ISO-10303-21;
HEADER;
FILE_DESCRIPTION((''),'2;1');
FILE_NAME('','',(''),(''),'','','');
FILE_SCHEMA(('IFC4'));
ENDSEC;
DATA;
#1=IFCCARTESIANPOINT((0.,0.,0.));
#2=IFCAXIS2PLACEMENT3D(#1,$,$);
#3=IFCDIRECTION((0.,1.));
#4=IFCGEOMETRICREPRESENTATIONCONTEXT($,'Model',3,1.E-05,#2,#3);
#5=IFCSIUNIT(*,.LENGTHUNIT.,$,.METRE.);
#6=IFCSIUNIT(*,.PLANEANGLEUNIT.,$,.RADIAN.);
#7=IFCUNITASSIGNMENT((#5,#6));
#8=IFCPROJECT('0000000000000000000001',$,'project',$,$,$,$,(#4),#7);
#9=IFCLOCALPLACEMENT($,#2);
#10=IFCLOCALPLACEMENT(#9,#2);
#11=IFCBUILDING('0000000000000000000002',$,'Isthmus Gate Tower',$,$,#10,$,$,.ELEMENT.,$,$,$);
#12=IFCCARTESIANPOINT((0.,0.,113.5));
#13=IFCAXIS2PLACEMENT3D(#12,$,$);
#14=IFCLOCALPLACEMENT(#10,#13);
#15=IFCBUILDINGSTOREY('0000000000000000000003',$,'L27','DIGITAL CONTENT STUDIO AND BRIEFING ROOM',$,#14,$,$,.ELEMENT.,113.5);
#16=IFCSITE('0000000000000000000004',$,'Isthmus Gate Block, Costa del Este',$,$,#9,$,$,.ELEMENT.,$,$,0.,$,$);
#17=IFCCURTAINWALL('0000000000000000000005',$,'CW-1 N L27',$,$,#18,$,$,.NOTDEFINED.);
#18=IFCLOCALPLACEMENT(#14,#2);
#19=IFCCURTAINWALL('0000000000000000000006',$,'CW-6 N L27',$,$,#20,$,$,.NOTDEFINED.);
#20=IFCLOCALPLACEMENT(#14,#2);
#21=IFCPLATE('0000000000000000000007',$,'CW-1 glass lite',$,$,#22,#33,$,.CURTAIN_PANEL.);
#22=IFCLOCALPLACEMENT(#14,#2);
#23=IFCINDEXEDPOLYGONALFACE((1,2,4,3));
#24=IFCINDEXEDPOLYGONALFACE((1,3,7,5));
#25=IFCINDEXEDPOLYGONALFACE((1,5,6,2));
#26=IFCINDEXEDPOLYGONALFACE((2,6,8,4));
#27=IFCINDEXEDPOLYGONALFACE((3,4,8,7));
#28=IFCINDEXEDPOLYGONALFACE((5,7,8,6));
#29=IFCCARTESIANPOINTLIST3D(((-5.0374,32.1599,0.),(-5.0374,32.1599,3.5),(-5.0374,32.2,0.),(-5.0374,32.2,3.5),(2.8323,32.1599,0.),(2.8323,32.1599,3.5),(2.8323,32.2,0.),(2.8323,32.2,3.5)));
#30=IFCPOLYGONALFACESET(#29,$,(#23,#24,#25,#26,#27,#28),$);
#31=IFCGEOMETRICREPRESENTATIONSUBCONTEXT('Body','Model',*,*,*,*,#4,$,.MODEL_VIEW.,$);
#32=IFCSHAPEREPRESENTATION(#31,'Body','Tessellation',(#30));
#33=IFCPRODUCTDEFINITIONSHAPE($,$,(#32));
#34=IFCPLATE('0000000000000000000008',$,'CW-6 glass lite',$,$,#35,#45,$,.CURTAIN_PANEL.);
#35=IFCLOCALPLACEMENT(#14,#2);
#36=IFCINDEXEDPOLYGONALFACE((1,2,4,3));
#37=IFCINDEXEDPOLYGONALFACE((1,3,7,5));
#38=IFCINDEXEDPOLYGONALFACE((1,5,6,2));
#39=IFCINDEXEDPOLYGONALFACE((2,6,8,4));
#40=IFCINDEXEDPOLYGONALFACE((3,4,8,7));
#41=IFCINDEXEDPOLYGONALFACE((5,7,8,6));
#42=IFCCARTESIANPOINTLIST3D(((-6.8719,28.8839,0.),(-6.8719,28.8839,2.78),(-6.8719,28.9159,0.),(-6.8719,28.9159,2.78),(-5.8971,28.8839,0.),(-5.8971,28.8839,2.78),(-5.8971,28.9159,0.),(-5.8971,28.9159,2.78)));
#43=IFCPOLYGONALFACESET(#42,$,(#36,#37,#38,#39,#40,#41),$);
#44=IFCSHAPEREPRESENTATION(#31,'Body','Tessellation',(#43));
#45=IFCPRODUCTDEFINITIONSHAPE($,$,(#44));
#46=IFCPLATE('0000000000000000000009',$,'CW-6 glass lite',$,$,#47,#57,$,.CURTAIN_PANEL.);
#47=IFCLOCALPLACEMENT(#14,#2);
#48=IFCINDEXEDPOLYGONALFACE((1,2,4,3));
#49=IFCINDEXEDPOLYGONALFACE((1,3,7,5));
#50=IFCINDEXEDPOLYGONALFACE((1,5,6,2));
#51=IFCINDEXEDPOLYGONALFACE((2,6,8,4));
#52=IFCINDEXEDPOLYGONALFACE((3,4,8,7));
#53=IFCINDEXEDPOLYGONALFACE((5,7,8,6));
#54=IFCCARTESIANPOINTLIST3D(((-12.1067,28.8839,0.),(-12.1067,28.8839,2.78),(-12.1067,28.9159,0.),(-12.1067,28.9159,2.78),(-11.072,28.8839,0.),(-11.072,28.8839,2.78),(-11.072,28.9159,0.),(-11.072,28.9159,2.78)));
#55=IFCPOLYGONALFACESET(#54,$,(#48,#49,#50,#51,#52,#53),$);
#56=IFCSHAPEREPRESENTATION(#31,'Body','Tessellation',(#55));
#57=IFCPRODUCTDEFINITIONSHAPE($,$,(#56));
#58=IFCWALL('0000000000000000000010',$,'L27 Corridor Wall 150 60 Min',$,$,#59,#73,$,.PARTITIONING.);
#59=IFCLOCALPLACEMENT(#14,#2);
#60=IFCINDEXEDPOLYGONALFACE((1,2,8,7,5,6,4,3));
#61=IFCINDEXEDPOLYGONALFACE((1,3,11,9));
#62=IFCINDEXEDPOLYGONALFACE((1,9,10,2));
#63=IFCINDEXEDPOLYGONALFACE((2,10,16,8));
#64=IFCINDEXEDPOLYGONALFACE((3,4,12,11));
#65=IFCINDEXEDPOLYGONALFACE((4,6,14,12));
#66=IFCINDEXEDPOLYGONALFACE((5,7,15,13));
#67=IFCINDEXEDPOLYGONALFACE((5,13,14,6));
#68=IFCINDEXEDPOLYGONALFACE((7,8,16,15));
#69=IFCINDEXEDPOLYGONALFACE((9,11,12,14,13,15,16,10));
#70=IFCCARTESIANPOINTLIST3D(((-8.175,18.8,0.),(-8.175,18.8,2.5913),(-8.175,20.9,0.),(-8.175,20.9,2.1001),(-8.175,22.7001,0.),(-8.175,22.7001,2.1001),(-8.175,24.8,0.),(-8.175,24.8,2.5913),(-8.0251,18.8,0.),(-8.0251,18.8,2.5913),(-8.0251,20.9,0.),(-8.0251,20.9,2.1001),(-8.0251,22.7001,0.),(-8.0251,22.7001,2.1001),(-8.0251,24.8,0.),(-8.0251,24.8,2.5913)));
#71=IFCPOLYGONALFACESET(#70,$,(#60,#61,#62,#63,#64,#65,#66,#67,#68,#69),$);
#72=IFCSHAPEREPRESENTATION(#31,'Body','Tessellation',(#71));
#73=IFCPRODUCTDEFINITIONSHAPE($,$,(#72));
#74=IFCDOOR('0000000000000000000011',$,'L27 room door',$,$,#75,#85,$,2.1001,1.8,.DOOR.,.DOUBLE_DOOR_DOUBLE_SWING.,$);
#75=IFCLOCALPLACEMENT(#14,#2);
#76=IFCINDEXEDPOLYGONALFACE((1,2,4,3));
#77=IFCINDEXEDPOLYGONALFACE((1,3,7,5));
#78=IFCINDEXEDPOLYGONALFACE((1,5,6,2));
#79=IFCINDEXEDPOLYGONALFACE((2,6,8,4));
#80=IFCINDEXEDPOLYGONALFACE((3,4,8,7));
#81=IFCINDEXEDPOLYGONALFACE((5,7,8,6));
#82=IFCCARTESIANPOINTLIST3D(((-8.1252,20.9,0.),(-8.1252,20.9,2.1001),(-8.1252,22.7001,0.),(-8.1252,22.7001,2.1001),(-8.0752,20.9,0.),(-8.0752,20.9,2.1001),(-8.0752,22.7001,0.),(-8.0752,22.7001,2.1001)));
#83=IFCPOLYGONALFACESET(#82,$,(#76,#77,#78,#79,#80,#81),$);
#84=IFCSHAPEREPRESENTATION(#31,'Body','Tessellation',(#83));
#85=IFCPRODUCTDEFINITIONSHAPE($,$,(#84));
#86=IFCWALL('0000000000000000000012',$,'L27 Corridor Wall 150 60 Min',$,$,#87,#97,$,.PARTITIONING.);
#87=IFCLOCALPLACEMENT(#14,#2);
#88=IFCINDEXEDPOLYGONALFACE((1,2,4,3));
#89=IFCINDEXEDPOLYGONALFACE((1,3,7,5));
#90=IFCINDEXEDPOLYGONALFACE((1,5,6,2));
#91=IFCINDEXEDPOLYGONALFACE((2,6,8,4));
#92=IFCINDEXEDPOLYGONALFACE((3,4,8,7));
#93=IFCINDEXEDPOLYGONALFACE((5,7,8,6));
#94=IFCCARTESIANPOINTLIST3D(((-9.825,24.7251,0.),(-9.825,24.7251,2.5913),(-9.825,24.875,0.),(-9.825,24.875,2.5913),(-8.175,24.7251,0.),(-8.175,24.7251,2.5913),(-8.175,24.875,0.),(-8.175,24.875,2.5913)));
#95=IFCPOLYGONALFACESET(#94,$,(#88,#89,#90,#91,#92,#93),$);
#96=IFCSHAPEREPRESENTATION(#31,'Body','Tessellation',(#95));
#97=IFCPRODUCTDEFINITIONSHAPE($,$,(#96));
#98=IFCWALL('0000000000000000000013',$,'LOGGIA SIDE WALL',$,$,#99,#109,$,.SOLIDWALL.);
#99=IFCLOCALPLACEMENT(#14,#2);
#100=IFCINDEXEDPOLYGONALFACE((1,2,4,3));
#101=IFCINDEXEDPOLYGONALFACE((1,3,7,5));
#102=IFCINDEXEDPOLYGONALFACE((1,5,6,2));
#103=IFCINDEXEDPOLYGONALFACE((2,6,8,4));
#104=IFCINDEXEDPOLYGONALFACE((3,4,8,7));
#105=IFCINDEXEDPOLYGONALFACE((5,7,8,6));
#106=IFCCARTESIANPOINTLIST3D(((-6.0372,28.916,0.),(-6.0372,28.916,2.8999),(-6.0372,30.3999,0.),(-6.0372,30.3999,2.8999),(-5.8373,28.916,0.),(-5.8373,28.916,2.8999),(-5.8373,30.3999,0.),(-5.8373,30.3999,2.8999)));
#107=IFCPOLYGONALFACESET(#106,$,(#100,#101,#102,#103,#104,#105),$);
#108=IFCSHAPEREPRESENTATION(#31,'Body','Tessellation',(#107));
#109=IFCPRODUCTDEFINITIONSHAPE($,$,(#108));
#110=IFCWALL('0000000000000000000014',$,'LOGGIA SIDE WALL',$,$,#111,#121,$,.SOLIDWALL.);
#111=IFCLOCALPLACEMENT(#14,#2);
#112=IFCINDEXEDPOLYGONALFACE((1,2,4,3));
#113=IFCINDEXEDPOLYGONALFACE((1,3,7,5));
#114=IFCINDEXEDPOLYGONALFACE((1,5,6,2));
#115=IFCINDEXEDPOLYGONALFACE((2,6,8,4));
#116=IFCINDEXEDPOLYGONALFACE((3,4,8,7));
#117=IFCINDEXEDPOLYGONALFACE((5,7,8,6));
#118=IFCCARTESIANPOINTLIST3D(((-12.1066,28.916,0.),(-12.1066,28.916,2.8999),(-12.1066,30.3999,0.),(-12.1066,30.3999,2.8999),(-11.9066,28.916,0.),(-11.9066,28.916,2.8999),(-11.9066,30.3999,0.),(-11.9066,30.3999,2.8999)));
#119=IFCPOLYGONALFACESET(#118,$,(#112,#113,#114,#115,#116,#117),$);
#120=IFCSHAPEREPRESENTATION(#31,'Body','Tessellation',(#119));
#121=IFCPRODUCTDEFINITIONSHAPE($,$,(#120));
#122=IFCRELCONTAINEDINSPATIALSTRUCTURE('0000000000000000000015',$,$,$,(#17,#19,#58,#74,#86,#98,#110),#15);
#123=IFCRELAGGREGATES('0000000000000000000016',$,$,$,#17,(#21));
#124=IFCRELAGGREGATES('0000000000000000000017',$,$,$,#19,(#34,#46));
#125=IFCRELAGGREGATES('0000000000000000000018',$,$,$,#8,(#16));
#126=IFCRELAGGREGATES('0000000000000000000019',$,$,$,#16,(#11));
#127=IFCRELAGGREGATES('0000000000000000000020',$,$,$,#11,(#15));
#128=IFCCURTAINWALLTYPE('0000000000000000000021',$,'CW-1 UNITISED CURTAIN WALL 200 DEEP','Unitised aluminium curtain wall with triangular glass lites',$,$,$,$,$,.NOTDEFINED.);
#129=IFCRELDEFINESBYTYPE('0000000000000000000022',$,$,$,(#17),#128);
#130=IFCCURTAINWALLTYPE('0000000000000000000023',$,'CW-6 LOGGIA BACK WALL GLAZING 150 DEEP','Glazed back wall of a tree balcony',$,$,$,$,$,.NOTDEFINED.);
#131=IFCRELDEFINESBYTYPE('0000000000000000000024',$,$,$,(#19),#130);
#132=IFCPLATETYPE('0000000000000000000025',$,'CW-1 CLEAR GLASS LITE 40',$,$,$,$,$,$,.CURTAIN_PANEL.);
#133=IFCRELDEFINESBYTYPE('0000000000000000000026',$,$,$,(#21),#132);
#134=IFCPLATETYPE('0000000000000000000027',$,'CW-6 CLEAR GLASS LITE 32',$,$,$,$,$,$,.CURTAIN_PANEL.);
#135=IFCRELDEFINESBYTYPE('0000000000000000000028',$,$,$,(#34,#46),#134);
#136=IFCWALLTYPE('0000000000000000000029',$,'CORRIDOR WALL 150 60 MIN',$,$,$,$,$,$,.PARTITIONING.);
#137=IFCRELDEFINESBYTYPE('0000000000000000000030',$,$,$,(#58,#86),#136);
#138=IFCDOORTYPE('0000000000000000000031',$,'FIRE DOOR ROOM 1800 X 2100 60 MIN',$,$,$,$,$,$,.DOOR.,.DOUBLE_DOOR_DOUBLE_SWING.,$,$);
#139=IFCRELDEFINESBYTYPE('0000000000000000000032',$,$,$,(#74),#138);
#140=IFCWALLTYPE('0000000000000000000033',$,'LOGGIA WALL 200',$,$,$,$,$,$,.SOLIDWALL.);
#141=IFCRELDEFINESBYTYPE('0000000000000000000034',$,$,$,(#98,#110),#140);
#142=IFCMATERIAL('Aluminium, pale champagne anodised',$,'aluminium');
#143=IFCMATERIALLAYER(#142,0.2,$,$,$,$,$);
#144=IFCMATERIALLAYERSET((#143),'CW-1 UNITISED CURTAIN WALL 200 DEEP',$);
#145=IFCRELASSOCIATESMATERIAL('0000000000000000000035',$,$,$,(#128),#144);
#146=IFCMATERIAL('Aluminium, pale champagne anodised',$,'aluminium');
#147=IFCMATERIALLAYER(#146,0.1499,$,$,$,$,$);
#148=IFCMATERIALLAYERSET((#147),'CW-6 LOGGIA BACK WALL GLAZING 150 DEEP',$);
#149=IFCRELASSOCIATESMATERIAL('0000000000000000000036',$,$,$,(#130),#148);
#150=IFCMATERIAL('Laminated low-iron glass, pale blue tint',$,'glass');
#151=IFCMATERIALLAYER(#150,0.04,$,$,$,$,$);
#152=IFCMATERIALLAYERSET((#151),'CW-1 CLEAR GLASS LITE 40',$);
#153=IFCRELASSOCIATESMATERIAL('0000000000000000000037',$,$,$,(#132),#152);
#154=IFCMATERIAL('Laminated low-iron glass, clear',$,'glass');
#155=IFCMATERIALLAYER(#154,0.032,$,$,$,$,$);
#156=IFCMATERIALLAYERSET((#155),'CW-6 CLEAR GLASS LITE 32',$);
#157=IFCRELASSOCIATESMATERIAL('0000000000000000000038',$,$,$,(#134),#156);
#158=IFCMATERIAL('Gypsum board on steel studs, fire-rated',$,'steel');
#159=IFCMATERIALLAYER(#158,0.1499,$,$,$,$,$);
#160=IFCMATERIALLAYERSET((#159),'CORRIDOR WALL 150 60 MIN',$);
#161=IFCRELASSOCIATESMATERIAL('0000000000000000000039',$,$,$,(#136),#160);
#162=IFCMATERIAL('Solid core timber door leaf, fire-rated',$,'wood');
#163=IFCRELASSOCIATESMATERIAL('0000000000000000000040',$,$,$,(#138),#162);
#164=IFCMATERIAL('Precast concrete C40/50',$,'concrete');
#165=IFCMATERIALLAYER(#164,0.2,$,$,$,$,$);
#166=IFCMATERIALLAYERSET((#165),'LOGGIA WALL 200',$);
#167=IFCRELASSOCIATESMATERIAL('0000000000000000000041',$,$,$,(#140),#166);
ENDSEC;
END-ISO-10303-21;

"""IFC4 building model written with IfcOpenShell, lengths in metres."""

from ifc_helpers import new_model, si_unit, direction, frame, frame_2d, origin, origin_2d, place, context, subcontext, project, spatial, rectangle, extrude, material, layer, layer_set, type_object, element, fill, aggregate, save


model = new_model("IFC4")

# Units and contexts
model_context = context("Model", 3, precision=1e-05, world=origin(), true_north=direction((0.0, 1.0)))
body_context = subcontext(model_context, "Body", "Model", "MODEL_VIEW")
ifc_project = project(units=[si_unit("LENGTHUNIT", "METRE"), si_unit("PLANEANGLEUNIT", "RADIAN")], contexts=[model_context])

# Site, building, storey
site_placement = place(None, origin())
site = spatial("IfcSite", under=ifc_project, at=site_placement, Name="Isthmus Gate Block, Costa del Este", CompositionType="ELEMENT", RefElevation=0.0)
building_placement = place(site_placement, origin())
building = spatial("IfcBuilding", under=site, at=building_placement, Name="Isthmus Gate Tower", CompositionType="ELEMENT")
storey_placement = place(building_placement, frame((0.0, 0.0, 113.5)))
storey = spatial("IfcBuildingStorey", under=building, at=storey_placement, Name="L27", Description="DIGITAL CONTENT STUDIO AND BRIEFING ROOM", CompositionType="ELEMENT", Elevation=113.5)

# Curtain walls
ifc_material_1 = material(Name="Aluminium, pale champagne anodised", Category="aluminium")
ifc_layer_1 = layer(ifc_material_1, 0.2)
ifc_layer_set_1 = layer_set([ifc_layer_1], Name="CW-1 UNITISED CURTAIN WALL 200 DEEP")
curtain_wall_type_1 = type_object("IfcCurtainWallType", Name="CW-1 UNITISED CURTAIN WALL 200 DEEP", Description="Unitised aluminium curtain wall with triangular glass lites", PredefinedType="NOTDEFINED", material=ifc_layer_set_1)
curtain_wall_1_placement = place(storey_placement, origin())
curtain_wall_1 = element("IfcCurtainWall", 1, at=curtain_wall_1_placement, inside=storey, type_object=curtain_wall_type_1, Name="CW-1 N L27", PredefinedType="NOTDEFINED")
ifc_material_2 = material(Name="Aluminium, pale champagne anodised", Category="aluminium")
ifc_layer_2 = layer(ifc_material_2, 0.1499)
ifc_layer_set_2 = layer_set([ifc_layer_2], Name="CW-6 LOGGIA BACK WALL GLAZING 150 DEEP")
curtain_wall_type_2 = type_object("IfcCurtainWallType", Name="CW-6 LOGGIA BACK WALL GLAZING 150 DEEP", Description="Glazed back wall of a tree balcony", PredefinedType="NOTDEFINED", material=ifc_layer_set_2)
curtain_wall_2_placement = place(storey_placement, origin())
curtain_wall_2 = element("IfcCurtainWall", 2, at=curtain_wall_2_placement, inside=storey, type_object=curtain_wall_type_2, Name="CW-6 N L27", PredefinedType="NOTDEFINED")

# Plates
ifc_material_3 = material(Name="Laminated low-iron glass, pale blue tint", Category="glass")
ifc_layer_3 = layer(ifc_material_3, 0.04)
ifc_layer_set_3 = layer_set([ifc_layer_3], Name="CW-1 CLEAR GLASS LITE 40")
plate_type_1 = type_object("IfcPlateType", Name="CW-1 CLEAR GLASS LITE 40", PredefinedType="CURTAIN_PANEL", material=ifc_layer_set_3)
plate_1_placement = place(storey_placement, frame((-1.1025, 32.1799, 0.0), z_axis=(0.0, 0.0, 1.0), x_axis=(-1.0, 0.0, 0.0)))
plate_1 = element("IfcPlate", 3, at=plate_1_placement, type_object=plate_type_1, Name="CW-1 glass lite", PredefinedType="CURTAIN_PANEL", context=body_context, shape_type="SweptSolid", body=[
    extrude(rectangle(XDim=7.8696, YDim=0.04, at=origin_2d()), origin(), (0.0, 0.0, 1.0), 3.5),
])
aggregate(curtain_wall_1, [plate_1])
ifc_material_4 = material(Name="Laminated low-iron glass, clear", Category="glass")
ifc_layer_4 = layer(ifc_material_4, 0.032)
ifc_layer_set_4 = layer_set([ifc_layer_4], Name="CW-6 CLEAR GLASS LITE 32")
plate_type_2 = type_object("IfcPlateType", Name="CW-6 CLEAR GLASS LITE 32", PredefinedType="CURTAIN_PANEL", material=ifc_layer_set_4)
plate_2_placement = place(storey_placement, frame((-6.3845, 28.8999, 0.0), z_axis=(0.0, 0.0, 1.0), x_axis=(-1.0, 0.0, 0.0)))
plate_2 = element("IfcPlate", 4, at=plate_2_placement, type_object=plate_type_2, Name="CW-6 glass lite", PredefinedType="CURTAIN_PANEL", context=body_context, shape_type="SweptSolid", body=[
    extrude(rectangle(XDim=0.9749, YDim=0.032, at=origin_2d()), origin(), (0.0, 0.0, 1.0), 2.78),
])
plate_3_placement = place(storey_placement, frame((-11.5894, 28.8999, 0.0), z_axis=(0.0, 0.0, 1.0), x_axis=(-1.0, 0.0, 0.0)))
plate_3 = element("IfcPlate", 5, at=plate_3_placement, type_object=plate_type_2, Name="CW-6 glass lite", PredefinedType="CURTAIN_PANEL", context=body_context, shape_type="SweptSolid", body=[
    extrude(rectangle(XDim=1.0347, YDim=0.032, at=origin_2d()), origin(), (0.0, 0.0, 1.0), 2.78),
])
aggregate(curtain_wall_2, [plate_2, plate_3])

# Wall, opening, door
ifc_material_5 = material(Name="Gypsum board on steel studs, fire-rated", Category="steel")
ifc_layer_5 = layer(ifc_material_5, 0.1499)
ifc_layer_set_5 = layer_set([ifc_layer_5], Name="CORRIDOR WALL 150 60 MIN")
wall_type_1 = type_object("IfcWallType", Name="CORRIDOR WALL 150 60 MIN", PredefinedType="PARTITIONING", material=ifc_layer_set_5)
wall_1_placement = place(storey_placement, frame((-8.1001, 24.8, 0.0), z_axis=(0.0, 0.0, 1.0), x_axis=(0.0, -1.0, 0.0)))
wall_1 = element("IfcWall", 6, at=wall_1_placement, inside=storey, type_object=wall_type_1, Name="L27 Corridor Wall 150 60 Min", PredefinedType="PARTITIONING", context=body_context, shape_type="SweptSolid", body=[
    extrude(rectangle(XDim=6.0, YDim=0.1499, at=frame_2d((3.0, 0.0))), origin(), (0.0, 0.0, 1.0), 2.5913),
])
opening_1_placement = place(wall_1_placement, frame((2.1001, 0.0, 0.0)))
opening_1 = element("IfcOpeningElement", 7, at=opening_1_placement, cuts=wall_1, PredefinedType="OPENING", context=body_context, shape_type="SweptSolid", body=[
    extrude(rectangle(XDim=1.8, YDim=2.1001, at=frame_2d((0.8999, 1.05))), frame((0.0, 0.085, 0.0), z_axis=(0.0, -1.0, 0.0), x_axis=(1.0, 0.0, 0.0)), (0.0, 0.0, 1.0), 0.1699),
])
ifc_material_6 = material(Name="Solid core timber door leaf, fire-rated", Category="wood")
door_type_1 = type_object("IfcDoorType", Name="FIRE DOOR ROOM 1800 X 2100 60 MIN", OperationType="DOUBLE_DOOR_DOUBLE_SWING", PredefinedType="DOOR", material=ifc_material_6)
door_1_placement = place(opening_1_placement, origin())
door_1 = element("IfcDoor", 8, at=door_1_placement, inside=storey, type_object=door_type_1, Name="L27 room door", OperationType="DOUBLE_DOOR_DOUBLE_SWING", OverallHeight=2.1001, OverallWidth=1.8, PredefinedType="DOOR", context=body_context, shape_type="SweptSolid", body=[
    extrude(rectangle(XDim=1.8, YDim=2.1001, at=frame_2d((0.8999, 1.05))), frame((0.0, 0.0249, 0.0), z_axis=(0.0, -1.0, 0.0), x_axis=(1.0, 0.0, 0.0)), (0.0, 0.0, 1.0), 0.05),
])
fill(opening_1, door_1)

# Wall
wall_2_placement = place(storey_placement, frame((-9.825, 24.8, 0.0), z_axis=(0.0, 0.0, 1.0), x_axis=(1.0, 0.0, 0.0)))
element("IfcWall", 9, at=wall_2_placement, inside=storey, type_object=wall_type_1, Name="L27 Corridor Wall 150 60 Min", PredefinedType="PARTITIONING", context=body_context, shape_type="SweptSolid", body=[
    extrude(rectangle(XDim=1.6499, YDim=0.1499, at=frame_2d((0.825, 0.0))), origin(), (0.0, 0.0, 1.0), 2.5913),
])

# Shared definitions
ifc_material_7 = material(Name="Precast concrete C40/50", Category="concrete")
ifc_layer_6 = layer(ifc_material_7, 0.2)
ifc_layer_set_6 = layer_set([ifc_layer_6], Name="LOGGIA WALL 200")
wall_type_2 = type_object("IfcWallType", Name="LOGGIA WALL 200", PredefinedType="SOLIDWALL", material=ifc_layer_set_6)

# Walls
for number, where, z_axis, x_axis, name in (
    (10, (-5.9373, 30.3999, 0.0), (0.0, 0.0, 1.0), (0.0, -1.0, 0.0), "LOGGIA SIDE WALL"),
    (11, (-12.0066, 30.3999, 0.0), (0.0, 0.0, 1.0), (0.0, -1.0, 0.0), "LOGGIA SIDE WALL"),
):
    element("IfcWall", number, at=place(storey_placement, frame(where, z_axis=z_axis, x_axis=x_axis)), inside=storey, type_object=wall_type_2, Name=name, PredefinedType="SOLIDWALL", context=body_context, shape_type="SweptSolid", body=[
        extrude(rectangle(XDim=1.4839, YDim=0.2, at=frame_2d((0.7419, 0.0))), origin(), (0.0, 0.0, 1.0), 2.8999),
    ])

save(model, "model.ifc")
